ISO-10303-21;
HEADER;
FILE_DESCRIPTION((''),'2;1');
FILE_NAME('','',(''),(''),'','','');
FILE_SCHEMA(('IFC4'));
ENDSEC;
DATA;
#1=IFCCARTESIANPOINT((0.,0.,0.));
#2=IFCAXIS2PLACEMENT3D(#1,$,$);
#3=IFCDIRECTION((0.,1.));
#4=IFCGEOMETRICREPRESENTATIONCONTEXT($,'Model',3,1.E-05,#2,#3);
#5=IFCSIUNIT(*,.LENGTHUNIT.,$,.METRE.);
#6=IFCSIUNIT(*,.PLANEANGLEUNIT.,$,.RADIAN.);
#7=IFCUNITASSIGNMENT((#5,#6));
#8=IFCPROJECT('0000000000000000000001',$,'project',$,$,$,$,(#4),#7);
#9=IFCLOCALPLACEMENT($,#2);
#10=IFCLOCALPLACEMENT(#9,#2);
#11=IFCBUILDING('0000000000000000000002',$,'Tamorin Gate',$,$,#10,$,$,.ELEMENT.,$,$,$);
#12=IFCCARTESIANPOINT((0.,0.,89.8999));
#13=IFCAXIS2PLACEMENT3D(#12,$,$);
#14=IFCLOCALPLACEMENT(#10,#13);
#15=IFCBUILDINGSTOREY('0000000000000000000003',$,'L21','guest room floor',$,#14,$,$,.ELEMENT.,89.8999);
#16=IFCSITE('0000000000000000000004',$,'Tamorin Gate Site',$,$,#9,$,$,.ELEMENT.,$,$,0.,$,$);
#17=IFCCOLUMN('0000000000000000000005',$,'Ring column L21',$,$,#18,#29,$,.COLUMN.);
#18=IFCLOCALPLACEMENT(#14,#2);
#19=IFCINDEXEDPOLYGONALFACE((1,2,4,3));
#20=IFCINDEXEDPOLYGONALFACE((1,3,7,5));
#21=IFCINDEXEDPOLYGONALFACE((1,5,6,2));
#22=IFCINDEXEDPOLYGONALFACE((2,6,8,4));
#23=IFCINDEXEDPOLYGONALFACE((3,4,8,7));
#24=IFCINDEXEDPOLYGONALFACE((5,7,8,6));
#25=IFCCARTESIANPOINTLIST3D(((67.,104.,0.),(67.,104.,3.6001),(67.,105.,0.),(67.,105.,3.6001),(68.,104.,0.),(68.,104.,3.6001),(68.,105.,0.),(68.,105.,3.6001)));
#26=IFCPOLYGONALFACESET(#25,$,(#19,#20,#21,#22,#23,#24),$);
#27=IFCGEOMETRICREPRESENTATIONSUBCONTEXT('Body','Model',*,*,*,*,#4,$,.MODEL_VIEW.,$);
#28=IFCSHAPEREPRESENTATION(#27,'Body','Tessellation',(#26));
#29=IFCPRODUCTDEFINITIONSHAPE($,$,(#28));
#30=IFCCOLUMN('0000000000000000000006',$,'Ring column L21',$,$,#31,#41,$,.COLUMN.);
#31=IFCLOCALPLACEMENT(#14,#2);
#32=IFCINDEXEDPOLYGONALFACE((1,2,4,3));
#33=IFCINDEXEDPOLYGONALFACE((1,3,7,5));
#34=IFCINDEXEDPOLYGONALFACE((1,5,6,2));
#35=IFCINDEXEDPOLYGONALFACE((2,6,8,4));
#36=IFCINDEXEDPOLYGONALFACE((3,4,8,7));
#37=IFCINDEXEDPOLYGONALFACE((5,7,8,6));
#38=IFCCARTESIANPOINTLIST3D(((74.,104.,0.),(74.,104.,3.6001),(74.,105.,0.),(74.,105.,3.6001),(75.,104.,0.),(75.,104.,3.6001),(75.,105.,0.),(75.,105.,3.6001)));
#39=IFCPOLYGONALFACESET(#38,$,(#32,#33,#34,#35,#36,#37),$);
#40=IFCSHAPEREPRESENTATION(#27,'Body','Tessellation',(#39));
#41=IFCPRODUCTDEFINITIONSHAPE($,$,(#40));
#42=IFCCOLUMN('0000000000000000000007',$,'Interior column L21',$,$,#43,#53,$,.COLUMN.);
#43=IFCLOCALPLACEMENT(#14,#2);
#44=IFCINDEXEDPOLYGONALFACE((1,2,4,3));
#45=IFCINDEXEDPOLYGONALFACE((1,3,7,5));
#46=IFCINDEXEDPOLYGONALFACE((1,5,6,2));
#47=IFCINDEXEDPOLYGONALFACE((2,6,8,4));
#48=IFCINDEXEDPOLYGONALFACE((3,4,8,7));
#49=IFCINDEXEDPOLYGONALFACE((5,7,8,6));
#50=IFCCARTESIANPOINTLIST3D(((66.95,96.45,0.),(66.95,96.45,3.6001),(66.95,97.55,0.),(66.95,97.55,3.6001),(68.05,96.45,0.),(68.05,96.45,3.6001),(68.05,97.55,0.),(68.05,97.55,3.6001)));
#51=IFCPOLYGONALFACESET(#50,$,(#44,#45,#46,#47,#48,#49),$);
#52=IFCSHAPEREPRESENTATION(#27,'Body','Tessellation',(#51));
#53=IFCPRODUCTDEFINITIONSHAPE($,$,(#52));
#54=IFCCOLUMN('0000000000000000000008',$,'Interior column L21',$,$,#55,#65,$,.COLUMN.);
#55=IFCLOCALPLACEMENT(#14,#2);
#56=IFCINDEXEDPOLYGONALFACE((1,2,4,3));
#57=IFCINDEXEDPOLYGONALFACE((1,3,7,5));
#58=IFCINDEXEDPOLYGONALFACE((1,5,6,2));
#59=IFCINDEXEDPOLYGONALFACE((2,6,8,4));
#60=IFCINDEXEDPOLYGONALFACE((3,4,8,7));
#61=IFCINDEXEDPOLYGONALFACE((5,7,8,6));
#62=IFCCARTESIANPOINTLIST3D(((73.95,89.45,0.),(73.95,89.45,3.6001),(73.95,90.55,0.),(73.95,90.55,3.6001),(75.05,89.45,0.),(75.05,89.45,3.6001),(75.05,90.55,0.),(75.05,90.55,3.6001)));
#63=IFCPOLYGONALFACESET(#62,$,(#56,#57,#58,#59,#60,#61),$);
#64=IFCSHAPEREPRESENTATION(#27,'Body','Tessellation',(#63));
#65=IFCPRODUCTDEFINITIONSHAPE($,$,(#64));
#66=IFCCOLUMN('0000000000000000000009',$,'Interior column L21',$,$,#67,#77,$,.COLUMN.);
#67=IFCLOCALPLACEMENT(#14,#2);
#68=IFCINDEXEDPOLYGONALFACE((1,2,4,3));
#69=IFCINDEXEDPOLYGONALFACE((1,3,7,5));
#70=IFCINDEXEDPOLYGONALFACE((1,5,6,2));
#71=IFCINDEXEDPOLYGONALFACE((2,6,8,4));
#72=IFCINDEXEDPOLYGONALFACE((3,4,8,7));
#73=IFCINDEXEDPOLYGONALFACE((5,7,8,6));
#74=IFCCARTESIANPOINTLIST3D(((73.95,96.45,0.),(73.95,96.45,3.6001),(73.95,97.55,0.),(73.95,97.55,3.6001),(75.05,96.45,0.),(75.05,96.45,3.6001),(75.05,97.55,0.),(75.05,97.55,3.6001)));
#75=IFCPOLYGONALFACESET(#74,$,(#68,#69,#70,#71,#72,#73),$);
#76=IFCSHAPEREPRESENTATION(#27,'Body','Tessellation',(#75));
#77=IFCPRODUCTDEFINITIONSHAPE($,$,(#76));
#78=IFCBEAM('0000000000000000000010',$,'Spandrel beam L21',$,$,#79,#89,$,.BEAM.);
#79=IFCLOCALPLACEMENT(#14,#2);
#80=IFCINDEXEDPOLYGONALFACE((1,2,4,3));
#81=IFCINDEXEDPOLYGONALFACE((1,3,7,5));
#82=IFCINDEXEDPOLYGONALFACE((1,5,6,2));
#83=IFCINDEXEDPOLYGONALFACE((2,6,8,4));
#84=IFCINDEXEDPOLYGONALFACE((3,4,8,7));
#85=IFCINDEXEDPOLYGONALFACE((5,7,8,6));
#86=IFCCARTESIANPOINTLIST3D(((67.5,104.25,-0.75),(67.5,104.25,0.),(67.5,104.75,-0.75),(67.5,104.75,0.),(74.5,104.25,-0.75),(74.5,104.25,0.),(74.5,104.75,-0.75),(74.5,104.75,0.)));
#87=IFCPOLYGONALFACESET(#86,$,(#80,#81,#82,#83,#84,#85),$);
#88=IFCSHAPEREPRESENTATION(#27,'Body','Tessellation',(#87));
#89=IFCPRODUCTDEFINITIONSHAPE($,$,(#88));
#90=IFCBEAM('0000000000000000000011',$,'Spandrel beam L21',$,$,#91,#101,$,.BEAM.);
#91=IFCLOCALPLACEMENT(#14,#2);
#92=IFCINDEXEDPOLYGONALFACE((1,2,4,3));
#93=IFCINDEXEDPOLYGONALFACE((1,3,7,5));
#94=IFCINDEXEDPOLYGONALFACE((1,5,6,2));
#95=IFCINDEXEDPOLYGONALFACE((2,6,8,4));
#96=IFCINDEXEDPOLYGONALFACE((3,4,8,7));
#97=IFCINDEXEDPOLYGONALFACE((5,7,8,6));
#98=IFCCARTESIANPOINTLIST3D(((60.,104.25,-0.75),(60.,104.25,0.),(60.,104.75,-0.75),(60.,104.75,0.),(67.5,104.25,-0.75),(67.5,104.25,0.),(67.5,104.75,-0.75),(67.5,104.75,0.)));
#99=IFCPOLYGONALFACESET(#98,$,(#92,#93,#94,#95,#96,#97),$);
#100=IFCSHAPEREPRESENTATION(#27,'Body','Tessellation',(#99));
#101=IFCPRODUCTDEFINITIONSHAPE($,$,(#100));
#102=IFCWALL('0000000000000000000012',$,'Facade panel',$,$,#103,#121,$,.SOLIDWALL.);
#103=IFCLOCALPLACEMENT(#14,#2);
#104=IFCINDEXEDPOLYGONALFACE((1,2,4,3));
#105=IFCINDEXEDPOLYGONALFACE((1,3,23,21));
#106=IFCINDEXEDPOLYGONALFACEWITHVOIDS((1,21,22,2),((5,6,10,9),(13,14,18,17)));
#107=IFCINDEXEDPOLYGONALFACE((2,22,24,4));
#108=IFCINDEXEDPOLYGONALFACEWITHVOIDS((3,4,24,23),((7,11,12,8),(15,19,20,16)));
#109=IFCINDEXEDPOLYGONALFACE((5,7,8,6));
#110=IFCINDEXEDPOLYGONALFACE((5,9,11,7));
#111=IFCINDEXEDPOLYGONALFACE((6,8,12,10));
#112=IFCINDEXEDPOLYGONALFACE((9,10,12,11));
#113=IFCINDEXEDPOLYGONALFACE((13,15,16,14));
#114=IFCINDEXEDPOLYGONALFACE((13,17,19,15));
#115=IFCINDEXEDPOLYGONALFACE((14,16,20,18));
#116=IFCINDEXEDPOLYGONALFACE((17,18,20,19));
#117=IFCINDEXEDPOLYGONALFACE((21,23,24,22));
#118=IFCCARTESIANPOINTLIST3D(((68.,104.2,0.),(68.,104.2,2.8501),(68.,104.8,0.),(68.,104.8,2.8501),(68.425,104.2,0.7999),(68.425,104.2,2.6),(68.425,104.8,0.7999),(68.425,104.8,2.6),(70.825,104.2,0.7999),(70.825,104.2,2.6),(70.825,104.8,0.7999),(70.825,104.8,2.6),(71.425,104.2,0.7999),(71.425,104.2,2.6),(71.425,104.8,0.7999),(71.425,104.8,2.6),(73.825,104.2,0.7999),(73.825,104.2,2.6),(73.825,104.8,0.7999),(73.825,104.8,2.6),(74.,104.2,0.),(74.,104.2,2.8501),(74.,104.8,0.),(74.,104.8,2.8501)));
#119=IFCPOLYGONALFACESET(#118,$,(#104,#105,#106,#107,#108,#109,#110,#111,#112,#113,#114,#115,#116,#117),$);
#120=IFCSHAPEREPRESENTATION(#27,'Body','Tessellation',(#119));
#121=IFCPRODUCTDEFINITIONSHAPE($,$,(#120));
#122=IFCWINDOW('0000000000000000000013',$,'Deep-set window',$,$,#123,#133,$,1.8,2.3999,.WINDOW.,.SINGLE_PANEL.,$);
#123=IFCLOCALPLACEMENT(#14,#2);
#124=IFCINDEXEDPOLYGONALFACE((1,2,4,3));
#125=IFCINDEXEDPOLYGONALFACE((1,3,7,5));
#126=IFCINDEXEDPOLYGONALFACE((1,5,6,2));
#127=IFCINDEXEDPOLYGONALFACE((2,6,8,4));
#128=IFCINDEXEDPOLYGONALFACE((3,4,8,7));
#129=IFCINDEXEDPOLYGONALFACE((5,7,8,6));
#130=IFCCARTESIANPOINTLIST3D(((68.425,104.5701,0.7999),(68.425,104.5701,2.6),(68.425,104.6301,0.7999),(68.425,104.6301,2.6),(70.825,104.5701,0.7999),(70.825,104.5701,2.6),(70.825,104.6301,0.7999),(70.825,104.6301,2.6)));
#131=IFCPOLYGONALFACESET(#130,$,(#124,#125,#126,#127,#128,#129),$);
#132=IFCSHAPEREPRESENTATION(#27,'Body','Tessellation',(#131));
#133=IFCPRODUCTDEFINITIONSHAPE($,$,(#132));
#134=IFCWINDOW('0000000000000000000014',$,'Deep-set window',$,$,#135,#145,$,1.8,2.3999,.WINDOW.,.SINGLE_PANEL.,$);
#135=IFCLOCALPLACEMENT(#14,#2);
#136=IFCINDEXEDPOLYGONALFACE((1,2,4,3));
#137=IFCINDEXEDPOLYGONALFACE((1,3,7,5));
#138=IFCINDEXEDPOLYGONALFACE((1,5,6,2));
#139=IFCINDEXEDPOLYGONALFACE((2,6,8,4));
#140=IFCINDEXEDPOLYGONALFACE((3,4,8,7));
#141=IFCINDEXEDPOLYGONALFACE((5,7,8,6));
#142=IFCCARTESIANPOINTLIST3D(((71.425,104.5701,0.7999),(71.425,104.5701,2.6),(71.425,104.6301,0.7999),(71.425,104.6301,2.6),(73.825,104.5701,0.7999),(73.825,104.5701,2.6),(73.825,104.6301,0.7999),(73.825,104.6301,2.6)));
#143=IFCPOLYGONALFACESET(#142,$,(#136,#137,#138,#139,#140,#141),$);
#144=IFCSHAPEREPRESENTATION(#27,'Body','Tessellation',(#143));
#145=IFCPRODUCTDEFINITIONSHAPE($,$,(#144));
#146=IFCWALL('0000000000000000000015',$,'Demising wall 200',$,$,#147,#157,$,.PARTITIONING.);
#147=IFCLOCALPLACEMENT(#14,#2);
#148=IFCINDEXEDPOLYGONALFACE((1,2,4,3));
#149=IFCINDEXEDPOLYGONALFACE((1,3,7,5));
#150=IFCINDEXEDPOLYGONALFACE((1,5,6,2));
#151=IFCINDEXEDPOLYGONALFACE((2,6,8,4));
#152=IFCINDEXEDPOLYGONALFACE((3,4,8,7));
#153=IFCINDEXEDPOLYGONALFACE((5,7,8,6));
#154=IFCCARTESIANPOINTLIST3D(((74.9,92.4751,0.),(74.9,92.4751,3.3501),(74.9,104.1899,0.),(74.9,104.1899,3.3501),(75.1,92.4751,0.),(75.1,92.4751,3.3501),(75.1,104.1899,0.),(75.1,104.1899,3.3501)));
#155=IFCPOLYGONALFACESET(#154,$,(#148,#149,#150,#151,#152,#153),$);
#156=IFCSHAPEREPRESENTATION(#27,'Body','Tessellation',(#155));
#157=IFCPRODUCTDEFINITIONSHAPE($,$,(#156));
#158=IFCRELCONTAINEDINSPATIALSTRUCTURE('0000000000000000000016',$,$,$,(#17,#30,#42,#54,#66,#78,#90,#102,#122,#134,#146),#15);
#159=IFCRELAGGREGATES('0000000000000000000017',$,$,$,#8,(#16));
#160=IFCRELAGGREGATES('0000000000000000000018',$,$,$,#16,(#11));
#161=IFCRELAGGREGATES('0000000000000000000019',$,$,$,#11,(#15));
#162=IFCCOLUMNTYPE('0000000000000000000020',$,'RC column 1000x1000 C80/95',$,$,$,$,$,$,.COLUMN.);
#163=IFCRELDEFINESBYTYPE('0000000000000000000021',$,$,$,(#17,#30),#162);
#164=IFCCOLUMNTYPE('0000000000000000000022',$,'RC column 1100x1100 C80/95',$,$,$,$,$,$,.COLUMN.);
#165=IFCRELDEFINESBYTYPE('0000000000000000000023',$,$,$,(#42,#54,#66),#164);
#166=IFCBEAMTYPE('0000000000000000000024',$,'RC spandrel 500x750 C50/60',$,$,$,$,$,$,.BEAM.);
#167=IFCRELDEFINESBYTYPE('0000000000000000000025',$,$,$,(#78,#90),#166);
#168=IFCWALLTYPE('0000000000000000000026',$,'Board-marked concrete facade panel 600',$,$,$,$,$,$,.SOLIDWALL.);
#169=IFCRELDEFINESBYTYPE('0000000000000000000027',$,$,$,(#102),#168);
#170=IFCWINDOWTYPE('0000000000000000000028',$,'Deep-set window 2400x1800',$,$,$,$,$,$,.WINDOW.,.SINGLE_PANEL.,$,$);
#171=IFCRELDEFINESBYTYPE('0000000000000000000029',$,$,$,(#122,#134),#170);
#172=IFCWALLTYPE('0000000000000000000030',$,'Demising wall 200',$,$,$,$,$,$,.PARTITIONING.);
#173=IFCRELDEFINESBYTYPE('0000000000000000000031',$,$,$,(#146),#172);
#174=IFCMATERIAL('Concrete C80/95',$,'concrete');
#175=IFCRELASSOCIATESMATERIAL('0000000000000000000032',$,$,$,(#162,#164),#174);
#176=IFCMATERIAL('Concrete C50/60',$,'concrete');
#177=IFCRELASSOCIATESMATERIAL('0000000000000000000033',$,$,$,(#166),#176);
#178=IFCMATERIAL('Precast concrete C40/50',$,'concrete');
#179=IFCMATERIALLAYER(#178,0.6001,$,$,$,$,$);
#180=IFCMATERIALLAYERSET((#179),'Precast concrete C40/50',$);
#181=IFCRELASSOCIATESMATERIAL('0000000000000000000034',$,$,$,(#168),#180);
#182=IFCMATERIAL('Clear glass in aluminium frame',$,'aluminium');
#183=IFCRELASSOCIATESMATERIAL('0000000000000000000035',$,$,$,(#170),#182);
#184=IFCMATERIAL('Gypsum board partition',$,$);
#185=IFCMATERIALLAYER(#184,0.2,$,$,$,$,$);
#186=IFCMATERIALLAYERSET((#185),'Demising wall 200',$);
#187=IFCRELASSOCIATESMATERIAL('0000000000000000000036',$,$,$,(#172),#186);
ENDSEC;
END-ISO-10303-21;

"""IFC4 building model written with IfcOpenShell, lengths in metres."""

from ifc_helpers import new_model, si_unit, direction, frame, frame_2d, origin, origin_2d, place, context, subcontext, project, spatial, rectangle, extrude, material, layer, layer_set, material_profile, profile_set, type_object, element, fill, save


model = new_model("IFC4")

# Units and contexts
model_context = context("Model", 3, precision=1e-05, world=origin(), true_north=direction((0.0, 1.0)))
body_context = subcontext(model_context, "Body", "Model", "MODEL_VIEW")
ifc_project = project(units=[si_unit("LENGTHUNIT", "METRE"), si_unit("PLANEANGLEUNIT", "RADIAN")], contexts=[model_context])

# Site, building, storey
site_placement = place(None, origin())
site = spatial("IfcSite", under=ifc_project, at=site_placement, Name="Tamorin Gate Site", CompositionType="ELEMENT", RefElevation=0.0)
building_placement = place(site_placement, origin())
building = spatial("IfcBuilding", under=site, at=building_placement, Name="Tamorin Gate", CompositionType="ELEMENT")
storey_placement = place(building_placement, frame((0.0, 0.0, 89.8999)))
storey = spatial("IfcBuildingStorey", under=building, at=storey_placement, Name="L21", Description="guest room floor", CompositionType="ELEMENT", Elevation=89.8999)

# Columns
ifc_material_1 = material(Name="Concrete C80/95", Category="concrete")
ifc_material_profile_1 = material_profile(ifc_material_1, rectangle(XDim=1.0, YDim=1.0, at=origin_2d()), Name="RC 1000x1000")
ifc_profile_set_1 = profile_set([ifc_material_profile_1], Name="Concrete C80/95")
column_type_1 = type_object("IfcColumnType", Name="RC column 1000x1000 C80/95", PredefinedType="COLUMN", material=ifc_profile_set_1)
for number, where, z_axis, x_axis, name in (
    (1, (67.5, 104.5, 0.0), (0.0, 0.0, 1.0), (1.0, 0.0, 0.0), "Ring column L21"),
    (2, (74.5, 104.5, 0.0), (0.0, 0.0, 1.0), (1.0, 0.0, 0.0), "Ring column L21"),
):
    element("IfcColumn", number, at=place(storey_placement, frame(where, z_axis=z_axis, x_axis=x_axis)), inside=storey, type_object=column_type_1, Name=name, PredefinedType="COLUMN", context=body_context, shape_type="SweptSolid", body=[
        extrude(rectangle(XDim=1.0, YDim=1.0, at=origin_2d()), origin(), (0.0, 0.0, 1.0), 3.6001),
    ])
ifc_material_profile_2 = material_profile(ifc_material_1, rectangle(XDim=1.1001, YDim=1.1001, at=origin_2d()), Name="RC 1100x1100")
ifc_profile_set_2 = profile_set([ifc_material_profile_2], Name="Concrete C80/95")
column_type_2 = type_object("IfcColumnType", Name="RC column 1100x1100 C80/95", PredefinedType="COLUMN", material=ifc_profile_set_2)
for number, where, z_axis, x_axis, name in (
    (3, (67.5, 97.0, 0.0), (0.0, 0.0, 1.0), (1.0, 0.0, 0.0), "Interior column L21"),
    (4, (74.5, 90.0, 0.0), (0.0, 0.0, 1.0), (1.0, 0.0, 0.0), "Interior column L21"),
    (5, (74.5, 97.0, 0.0), (0.0, 0.0, 1.0), (1.0, 0.0, 0.0), "Interior column L21"),
):
    element("IfcColumn", number, at=place(storey_placement, frame(where, z_axis=z_axis, x_axis=x_axis)), inside=storey, type_object=column_type_2, Name=name, PredefinedType="COLUMN", context=body_context, shape_type="SweptSolid", body=[
        extrude(rectangle(XDim=1.1001, YDim=1.1001, at=origin_2d()), origin(), (0.0, 0.0, 1.0), 3.6001),
    ])

# Beams
ifc_material_2 = material(Name="Concrete C50/60", Category="concrete")
ifc_material_profile_3 = material_profile(ifc_material_2, rectangle(XDim=0.5, YDim=0.75, at=origin_2d()), Name="RC 500x750")
ifc_profile_set_3 = profile_set([ifc_material_profile_3], Name="Concrete C50/60")
beam_type = type_object("IfcBeamType", Name="RC spandrel 500x750 C50/60", PredefinedType="BEAM", material=ifc_profile_set_3)
beam_1_placement = place(storey_placement, frame((74.5, 104.5, -0.375), z_axis=(-1.0, 0.0, 0.0), x_axis=(0.0, -1.0, 0.0)))
element("IfcBeam", 6, at=beam_1_placement, inside=storey, type_object=beam_type, Name="Spandrel beam L21", PredefinedType="BEAM", context=body_context, shape_type="SweptSolid", body=[
    extrude(rectangle(XDim=0.5, YDim=0.75, at=origin_2d()), origin(), (0.0, 0.0, 1.0), 7.0),
])
beam_2_placement = place(storey_placement, frame((67.5, 104.5, -0.375), z_axis=(-1.0, 0.0, 0.0), x_axis=(0.0, -1.0, 0.0)))
element("IfcBeam", 7, at=beam_2_placement, inside=storey, type_object=beam_type, Name="Spandrel beam L21", PredefinedType="BEAM", context=body_context, shape_type="SweptSolid", body=[
    extrude(rectangle(XDim=0.5, YDim=0.75, at=origin_2d()), origin(), (0.0, 0.0, 1.0), 7.5),
])

# Wall, openings, windows
ifc_material_3 = material(Name="Precast concrete C40/50", Category="concrete")
ifc_layer_1 = layer(ifc_material_3, 0.6001)
ifc_layer_set_1 = layer_set([ifc_layer_1], Name="Precast concrete C40/50")
wall_type_1 = type_object("IfcWallType", Name="Board-marked concrete facade panel 600", PredefinedType="SOLIDWALL", material=ifc_layer_set_1)
wall_1_placement = place(storey_placement, frame((74.0, 104.5, 0.0), z_axis=(0.0, 0.0, 1.0), x_axis=(-1.0, 0.0, 0.0)))
wall_1 = element("IfcWall", 8, at=wall_1_placement, inside=storey, type_object=wall_type_1, Name="Facade panel", PredefinedType="SOLIDWALL", context=body_context, shape_type="SweptSolid", body=[
    extrude(rectangle(XDim=6.0, YDim=0.6001, at=frame_2d((3.0, 0.0))), origin(), (0.0, 0.0, 1.0), 2.8501),
])
opening_1_placement = place(wall_1_placement, frame((3.175, 0.0, 0.8)))
opening_1 = element("IfcOpeningElement", 9, at=opening_1_placement, cuts=wall_1, PredefinedType="OPENING", context=body_context, shape_type="SweptSolid", body=[
    extrude(rectangle(XDim=2.3999, YDim=1.8, at=frame_2d((1.2, 0.8999))), frame((0.0, 0.3101, 0.0), z_axis=(0.0, -1.0, 0.0), x_axis=(1.0, 0.0, 0.0)), (0.0, 0.0, 1.0), 0.6201),
])
opening_2_placement = place(wall_1_placement, frame((0.175, 0.0, 0.8)))
opening_2 = element("IfcOpeningElement", 10, at=opening_2_placement, cuts=wall_1, PredefinedType="OPENING", context=body_context, shape_type="SweptSolid", body=[
    extrude(rectangle(XDim=2.3999, YDim=1.8, at=frame_2d((1.2, 0.8999))), frame((0.0, 0.3101, 0.0), z_axis=(0.0, -1.0, 0.0), x_axis=(1.0, 0.0, 0.0)), (0.0, 0.0, 1.0), 0.6201),
])
ifc_material_4 = material(Name="Clear glass in aluminium frame", Category="aluminium")
window_type = type_object("IfcWindowType", Name="Deep-set window 2400x1800", PartitioningType="SINGLE_PANEL", PredefinedType="WINDOW", material=ifc_material_4)
window_1_placement = place(opening_1_placement, origin())
window_1 = element("IfcWindow", 11, at=window_1_placement, inside=storey, type_object=window_type, Name="Deep-set window", OverallHeight=1.8, OverallWidth=2.3999, PartitioningType="SINGLE_PANEL", PredefinedType="WINDOW", context=body_context, shape_type="SweptSolid", body=[
    extrude(rectangle(XDim=2.3999, YDim=1.8, at=frame_2d((1.2, 0.8999))), frame((0.0, -0.0701, 0.0), z_axis=(0.0, -1.0, 0.0), x_axis=(1.0, 0.0, 0.0)), (0.0, 0.0, 1.0), 0.0601),
])
fill(opening_1, window_1)
window_2_placement = place(opening_2_placement, origin())
window_2 = element("IfcWindow", 12, at=window_2_placement, inside=storey, type_object=window_type, Name="Deep-set window", OverallHeight=1.8, OverallWidth=2.3999, PartitioningType="SINGLE_PANEL", PredefinedType="WINDOW", context=body_context, shape_type="SweptSolid", body=[
    extrude(rectangle(XDim=2.3999, YDim=1.8, at=frame_2d((1.2, 0.8999))), frame((0.0, -0.0701, 0.0), z_axis=(0.0, -1.0, 0.0), x_axis=(1.0, 0.0, 0.0)), (0.0, 0.0, 1.0), 0.0601),
])
fill(opening_2, window_2)

# Wall
ifc_material_5 = material(Name="Gypsum board partition")
ifc_layer_2 = layer(ifc_material_5, 0.2)
ifc_layer_set_2 = layer_set([ifc_layer_2], Name="Demising wall 200")
wall_type_2 = type_object("IfcWallType", Name="Demising wall 200", PredefinedType="PARTITIONING", material=ifc_layer_set_2)
wall_2_placement = place(storey_placement, frame((75.0, 92.4751, 0.0), z_axis=(0.0, 0.0, 1.0), x_axis=(0.0, 1.0, 0.0)))
element("IfcWall", 13, at=wall_2_placement, inside=storey, type_object=wall_type_2, Name="Demising wall 200", PredefinedType="PARTITIONING", context=body_context, shape_type="SweptSolid", body=[
    extrude(rectangle(XDim=11.7148, YDim=0.2, at=frame_2d((5.8574, 0.0))), origin(), (0.0, 0.0, 1.0), 3.3501),
])

save(model, "model.ifc")
